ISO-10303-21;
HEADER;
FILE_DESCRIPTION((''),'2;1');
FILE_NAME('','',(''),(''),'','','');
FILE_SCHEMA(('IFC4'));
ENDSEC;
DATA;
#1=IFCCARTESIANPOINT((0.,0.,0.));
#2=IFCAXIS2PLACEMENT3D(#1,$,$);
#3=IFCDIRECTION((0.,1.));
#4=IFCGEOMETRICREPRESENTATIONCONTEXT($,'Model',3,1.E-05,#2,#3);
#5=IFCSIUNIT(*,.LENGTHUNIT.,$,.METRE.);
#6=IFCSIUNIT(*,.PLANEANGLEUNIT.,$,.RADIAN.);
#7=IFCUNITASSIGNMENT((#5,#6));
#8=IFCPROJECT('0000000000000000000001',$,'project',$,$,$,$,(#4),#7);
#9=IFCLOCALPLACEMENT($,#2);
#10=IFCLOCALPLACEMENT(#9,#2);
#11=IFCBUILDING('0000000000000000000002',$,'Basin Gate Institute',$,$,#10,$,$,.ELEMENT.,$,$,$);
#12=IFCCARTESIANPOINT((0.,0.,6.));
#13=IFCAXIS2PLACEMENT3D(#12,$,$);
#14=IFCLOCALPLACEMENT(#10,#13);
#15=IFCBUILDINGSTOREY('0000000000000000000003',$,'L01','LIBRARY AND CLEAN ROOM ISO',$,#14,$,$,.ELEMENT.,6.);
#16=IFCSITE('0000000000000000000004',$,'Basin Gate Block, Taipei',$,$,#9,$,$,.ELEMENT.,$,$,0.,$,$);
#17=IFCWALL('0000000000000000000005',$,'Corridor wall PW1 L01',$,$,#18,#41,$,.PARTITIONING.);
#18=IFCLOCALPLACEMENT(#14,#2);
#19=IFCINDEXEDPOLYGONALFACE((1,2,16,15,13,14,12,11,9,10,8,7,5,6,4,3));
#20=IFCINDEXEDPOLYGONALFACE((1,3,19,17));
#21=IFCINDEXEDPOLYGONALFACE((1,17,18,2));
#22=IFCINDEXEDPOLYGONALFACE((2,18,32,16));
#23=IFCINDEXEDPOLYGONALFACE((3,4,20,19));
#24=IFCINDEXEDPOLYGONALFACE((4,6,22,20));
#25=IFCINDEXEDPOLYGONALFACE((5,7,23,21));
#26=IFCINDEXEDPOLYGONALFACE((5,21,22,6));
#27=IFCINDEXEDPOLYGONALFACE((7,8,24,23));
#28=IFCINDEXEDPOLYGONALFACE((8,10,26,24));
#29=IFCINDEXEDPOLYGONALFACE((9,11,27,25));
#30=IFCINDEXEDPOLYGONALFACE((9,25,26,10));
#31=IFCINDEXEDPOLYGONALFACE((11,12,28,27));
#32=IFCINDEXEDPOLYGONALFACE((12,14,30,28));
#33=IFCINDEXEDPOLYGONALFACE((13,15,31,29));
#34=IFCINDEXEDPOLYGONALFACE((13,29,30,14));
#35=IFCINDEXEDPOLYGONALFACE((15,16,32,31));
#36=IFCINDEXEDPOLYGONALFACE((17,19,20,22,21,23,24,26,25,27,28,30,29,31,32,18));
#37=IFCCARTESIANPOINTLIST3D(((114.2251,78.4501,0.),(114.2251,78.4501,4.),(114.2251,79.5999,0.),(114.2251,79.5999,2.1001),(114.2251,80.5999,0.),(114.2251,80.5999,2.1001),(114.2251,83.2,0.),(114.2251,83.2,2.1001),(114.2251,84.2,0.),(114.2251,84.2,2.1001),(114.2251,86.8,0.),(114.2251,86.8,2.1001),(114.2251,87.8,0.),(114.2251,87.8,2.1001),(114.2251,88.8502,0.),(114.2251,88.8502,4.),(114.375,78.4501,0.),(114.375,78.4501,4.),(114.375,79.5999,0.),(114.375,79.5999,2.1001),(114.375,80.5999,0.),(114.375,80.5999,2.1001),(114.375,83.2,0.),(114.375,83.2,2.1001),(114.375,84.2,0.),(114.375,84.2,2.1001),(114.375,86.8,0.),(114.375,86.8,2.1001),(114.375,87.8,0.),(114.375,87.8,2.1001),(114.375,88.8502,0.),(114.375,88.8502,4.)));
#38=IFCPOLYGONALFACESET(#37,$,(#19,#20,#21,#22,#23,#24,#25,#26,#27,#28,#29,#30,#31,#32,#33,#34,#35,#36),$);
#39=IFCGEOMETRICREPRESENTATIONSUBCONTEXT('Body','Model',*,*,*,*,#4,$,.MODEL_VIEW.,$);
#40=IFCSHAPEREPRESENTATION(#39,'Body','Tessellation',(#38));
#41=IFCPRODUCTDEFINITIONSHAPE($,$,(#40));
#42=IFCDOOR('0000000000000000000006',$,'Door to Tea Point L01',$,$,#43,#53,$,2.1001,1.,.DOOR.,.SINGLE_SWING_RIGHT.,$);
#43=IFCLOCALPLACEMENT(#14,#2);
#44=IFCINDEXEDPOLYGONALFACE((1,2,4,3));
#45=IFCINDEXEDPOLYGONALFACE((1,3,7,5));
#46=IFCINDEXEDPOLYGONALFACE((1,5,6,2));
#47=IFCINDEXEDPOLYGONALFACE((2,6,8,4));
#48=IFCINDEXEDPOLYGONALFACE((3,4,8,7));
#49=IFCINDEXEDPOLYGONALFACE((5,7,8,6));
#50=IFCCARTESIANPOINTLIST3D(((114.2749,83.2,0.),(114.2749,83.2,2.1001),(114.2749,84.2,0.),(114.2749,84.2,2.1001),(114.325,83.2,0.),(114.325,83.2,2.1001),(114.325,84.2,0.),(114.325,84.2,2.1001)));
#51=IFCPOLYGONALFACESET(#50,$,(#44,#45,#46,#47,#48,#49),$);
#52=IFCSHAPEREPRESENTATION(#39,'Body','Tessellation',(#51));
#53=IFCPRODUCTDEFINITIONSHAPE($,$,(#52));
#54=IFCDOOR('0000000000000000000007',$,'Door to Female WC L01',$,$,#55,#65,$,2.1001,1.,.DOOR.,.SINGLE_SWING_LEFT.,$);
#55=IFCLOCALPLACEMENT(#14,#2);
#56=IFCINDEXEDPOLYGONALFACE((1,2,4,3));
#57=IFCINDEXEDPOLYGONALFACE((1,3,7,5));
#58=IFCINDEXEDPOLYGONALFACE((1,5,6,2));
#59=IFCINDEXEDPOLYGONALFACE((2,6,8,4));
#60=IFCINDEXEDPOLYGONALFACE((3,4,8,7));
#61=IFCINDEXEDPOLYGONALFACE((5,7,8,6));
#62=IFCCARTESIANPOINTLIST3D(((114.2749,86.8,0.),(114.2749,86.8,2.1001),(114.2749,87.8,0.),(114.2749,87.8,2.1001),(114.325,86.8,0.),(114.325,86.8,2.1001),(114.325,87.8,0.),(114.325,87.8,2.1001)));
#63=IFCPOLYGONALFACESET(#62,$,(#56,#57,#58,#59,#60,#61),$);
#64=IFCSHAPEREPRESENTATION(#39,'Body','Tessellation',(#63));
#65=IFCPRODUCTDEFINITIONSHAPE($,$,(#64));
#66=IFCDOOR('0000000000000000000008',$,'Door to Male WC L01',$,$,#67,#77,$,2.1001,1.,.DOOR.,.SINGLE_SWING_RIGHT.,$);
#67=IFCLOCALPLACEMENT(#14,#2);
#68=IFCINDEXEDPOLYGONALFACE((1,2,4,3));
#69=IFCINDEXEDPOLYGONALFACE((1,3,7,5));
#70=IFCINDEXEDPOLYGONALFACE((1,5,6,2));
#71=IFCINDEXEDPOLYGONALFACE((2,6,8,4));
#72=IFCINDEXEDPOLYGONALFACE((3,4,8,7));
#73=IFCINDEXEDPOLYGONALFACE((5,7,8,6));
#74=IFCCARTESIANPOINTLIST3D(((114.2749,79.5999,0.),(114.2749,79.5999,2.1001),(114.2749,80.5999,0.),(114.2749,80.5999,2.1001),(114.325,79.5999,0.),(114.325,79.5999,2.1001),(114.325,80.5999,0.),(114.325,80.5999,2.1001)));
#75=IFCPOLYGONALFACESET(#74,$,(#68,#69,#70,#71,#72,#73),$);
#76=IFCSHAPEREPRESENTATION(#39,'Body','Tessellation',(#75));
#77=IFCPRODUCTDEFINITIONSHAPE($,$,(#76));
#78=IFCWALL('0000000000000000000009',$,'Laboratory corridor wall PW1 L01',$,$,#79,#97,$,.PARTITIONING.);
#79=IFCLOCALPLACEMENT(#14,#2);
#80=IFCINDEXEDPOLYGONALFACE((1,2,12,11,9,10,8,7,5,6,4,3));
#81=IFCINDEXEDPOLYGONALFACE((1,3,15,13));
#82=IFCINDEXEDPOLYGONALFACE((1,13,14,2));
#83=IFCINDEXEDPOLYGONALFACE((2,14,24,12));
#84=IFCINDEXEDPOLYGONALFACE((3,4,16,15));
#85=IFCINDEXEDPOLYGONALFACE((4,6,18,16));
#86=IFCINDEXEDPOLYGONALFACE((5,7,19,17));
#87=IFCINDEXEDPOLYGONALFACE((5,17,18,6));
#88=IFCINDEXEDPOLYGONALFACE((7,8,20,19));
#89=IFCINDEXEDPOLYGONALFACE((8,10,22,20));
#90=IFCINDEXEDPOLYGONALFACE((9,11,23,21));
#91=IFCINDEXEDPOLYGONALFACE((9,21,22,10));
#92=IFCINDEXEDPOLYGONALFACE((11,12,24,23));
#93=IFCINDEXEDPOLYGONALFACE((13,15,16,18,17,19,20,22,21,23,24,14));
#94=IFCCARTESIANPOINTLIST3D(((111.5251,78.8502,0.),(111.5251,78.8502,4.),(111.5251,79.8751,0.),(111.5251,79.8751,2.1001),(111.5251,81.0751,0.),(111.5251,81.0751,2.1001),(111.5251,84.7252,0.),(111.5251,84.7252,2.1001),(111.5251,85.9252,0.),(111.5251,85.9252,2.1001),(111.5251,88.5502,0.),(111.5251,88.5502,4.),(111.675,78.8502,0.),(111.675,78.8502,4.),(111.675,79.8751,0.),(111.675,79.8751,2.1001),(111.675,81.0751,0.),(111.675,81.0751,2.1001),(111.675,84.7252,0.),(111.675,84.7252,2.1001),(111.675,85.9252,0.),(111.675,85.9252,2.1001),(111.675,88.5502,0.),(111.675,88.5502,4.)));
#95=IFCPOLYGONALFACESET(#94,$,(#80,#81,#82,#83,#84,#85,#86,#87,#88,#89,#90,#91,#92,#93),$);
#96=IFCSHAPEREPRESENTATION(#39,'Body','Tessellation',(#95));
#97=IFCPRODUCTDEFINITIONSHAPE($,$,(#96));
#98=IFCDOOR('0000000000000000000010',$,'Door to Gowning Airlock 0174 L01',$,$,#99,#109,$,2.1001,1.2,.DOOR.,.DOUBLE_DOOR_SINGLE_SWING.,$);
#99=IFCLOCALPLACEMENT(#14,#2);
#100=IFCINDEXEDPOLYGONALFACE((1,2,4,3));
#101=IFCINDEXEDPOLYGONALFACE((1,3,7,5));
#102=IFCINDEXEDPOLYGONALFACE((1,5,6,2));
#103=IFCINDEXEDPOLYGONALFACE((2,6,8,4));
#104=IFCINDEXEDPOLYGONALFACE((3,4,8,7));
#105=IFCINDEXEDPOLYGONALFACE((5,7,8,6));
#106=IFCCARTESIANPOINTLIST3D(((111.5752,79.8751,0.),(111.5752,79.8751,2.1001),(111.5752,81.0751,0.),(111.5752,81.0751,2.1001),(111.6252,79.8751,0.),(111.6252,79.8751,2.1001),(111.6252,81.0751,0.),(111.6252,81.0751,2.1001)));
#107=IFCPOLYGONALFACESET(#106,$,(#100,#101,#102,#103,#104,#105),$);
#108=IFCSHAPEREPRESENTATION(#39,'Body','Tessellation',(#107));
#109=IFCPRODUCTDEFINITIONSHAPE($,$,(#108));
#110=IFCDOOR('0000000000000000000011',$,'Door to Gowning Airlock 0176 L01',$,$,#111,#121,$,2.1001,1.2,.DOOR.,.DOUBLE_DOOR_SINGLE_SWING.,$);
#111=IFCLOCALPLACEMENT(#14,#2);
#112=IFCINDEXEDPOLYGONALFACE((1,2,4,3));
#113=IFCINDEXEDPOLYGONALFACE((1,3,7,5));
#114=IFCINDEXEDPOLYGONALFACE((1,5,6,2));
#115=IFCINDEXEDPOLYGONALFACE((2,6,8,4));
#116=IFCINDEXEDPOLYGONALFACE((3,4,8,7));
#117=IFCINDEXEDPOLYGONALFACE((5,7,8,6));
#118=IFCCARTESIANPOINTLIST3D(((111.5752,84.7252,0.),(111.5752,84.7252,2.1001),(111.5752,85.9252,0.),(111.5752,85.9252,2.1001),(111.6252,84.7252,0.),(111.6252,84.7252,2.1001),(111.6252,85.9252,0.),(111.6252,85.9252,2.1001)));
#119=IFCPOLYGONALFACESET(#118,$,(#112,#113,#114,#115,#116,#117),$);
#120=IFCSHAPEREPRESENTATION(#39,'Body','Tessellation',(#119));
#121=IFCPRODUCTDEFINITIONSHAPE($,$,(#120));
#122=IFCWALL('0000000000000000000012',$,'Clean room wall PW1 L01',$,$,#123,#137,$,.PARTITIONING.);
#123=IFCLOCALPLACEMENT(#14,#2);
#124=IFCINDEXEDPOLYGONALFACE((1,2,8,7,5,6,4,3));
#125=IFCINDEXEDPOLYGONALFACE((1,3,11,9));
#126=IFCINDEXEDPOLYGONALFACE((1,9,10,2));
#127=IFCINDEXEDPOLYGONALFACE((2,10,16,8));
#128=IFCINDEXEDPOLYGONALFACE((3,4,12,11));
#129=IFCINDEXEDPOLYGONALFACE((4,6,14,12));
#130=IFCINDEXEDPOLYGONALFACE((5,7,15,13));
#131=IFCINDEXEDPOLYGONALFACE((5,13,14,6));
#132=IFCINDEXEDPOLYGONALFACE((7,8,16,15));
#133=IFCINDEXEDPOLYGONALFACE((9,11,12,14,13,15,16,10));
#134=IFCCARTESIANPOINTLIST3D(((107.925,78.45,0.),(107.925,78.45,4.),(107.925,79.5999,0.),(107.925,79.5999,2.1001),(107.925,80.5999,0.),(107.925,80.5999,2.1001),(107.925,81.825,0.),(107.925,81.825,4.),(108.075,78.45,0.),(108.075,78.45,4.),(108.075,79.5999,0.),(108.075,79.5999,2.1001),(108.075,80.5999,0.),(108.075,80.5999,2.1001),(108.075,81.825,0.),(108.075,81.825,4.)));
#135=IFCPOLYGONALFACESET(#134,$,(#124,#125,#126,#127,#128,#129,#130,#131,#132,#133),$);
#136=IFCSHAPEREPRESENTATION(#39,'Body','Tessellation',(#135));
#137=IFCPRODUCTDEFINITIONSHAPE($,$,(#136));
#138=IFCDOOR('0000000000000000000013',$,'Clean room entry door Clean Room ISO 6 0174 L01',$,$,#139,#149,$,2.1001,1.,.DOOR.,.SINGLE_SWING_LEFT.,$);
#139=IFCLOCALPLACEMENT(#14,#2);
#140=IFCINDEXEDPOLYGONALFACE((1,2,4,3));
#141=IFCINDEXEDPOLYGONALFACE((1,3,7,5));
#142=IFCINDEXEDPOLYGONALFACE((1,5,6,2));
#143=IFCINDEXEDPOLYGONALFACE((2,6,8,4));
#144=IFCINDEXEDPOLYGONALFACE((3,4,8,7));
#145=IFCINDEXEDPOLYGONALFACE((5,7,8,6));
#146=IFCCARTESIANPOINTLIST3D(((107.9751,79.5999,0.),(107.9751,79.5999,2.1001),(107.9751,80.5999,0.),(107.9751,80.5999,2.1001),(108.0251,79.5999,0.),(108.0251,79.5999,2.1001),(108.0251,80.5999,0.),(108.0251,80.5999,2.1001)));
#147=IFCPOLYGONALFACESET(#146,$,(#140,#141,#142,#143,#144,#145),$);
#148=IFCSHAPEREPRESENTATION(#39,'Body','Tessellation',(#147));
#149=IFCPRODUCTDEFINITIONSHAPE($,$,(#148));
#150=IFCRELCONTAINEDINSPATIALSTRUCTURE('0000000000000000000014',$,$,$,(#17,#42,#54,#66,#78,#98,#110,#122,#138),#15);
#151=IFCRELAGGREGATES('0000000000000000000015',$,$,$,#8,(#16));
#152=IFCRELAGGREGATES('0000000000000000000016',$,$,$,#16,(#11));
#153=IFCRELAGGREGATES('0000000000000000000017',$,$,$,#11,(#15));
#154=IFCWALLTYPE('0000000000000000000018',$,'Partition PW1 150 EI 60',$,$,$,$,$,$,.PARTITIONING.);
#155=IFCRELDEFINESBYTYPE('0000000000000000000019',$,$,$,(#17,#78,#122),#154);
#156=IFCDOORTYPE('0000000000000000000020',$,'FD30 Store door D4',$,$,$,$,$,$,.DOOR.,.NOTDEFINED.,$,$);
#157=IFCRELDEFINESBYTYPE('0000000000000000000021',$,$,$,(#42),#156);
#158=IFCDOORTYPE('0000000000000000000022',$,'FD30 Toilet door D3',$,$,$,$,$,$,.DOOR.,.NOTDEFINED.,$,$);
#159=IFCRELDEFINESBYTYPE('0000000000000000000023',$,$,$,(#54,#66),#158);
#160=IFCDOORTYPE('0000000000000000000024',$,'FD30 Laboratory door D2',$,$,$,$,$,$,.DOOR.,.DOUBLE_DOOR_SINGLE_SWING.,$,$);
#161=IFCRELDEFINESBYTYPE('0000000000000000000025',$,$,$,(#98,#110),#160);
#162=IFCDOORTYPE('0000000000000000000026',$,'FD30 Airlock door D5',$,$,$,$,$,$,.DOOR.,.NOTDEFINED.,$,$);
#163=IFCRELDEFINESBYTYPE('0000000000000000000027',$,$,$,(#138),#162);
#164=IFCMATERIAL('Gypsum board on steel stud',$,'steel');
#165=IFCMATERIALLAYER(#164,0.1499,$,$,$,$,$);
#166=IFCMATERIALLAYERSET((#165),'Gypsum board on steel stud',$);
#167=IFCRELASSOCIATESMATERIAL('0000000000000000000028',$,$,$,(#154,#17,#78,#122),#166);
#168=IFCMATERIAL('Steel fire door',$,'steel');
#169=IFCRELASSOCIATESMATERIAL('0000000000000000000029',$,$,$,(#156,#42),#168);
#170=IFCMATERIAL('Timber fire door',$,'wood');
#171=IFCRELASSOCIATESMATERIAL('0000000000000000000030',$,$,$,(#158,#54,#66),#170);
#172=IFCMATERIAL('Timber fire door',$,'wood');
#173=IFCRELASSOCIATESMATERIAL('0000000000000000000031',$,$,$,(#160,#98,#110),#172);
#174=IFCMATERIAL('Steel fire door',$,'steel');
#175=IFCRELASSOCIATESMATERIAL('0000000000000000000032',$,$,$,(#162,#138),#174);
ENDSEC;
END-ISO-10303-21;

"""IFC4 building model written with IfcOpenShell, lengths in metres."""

from ifc_helpers import new_model, si_unit, direction, frame, frame_2d, origin, place, context, subcontext, project, spatial, rectangle, extrude, material, layer, layer_set, type_object, element, fill, save


model = new_model("IFC4")

# Units and contexts
model_context = context("Model", 3, precision=1e-05, world=origin(), true_north=direction((0.0, 1.0)))
body_context = subcontext(model_context, "Body", "Model", "MODEL_VIEW")
ifc_project = project(units=[si_unit("LENGTHUNIT", "METRE"), si_unit("PLANEANGLEUNIT", "RADIAN")], contexts=[model_context])

# Site, building, storey
site_placement = place(None, origin())
site = spatial("IfcSite", under=ifc_project, at=site_placement, Name="Basin Gate Block, Taipei", CompositionType="ELEMENT", RefElevation=0.0)
building_placement = place(site_placement, origin())
building = spatial("IfcBuilding", under=site, at=building_placement, Name="Basin Gate Institute", CompositionType="ELEMENT")
storey_placement = place(building_placement, frame((0.0, 0.0, 6.0)))
storey = spatial("IfcBuildingStorey", under=building, at=storey_placement, Name="L01", Description="LIBRARY AND CLEAN ROOM ISO", CompositionType="ELEMENT", Elevation=6.0)

# Shared definitions
ifc_material_1 = material(Name="Gypsum board on steel stud", Category="steel")
ifc_layer_1 = layer(ifc_material_1, 0.1499)
ifc_layer_set_1 = layer_set([ifc_layer_1], Name="Gypsum board on steel stud")
wall_type_1 = type_object("IfcWallType", Name="Partition PW1 150 EI 60", PredefinedType="PARTITIONING", material=ifc_layer_set_1)

# Walls, openings, doors
wall_1_placement = place(storey_placement, frame((114.3, 78.45, 0.0), z_axis=(0.0, 0.0, 1.0), x_axis=(0.0, 1.0, 0.0)))
wall_1 = element("IfcWall", 1, at=wall_1_placement, inside=storey, type_object=wall_type_1, material=ifc_layer_set_1, Name="Corridor wall PW1 L01", PredefinedType="PARTITIONING", context=body_context, shape_type="SweptSolid", body=[
    extrude(rectangle(XDim=10.4001, YDim=0.1499, at=frame_2d((5.2002, 0.0))), origin(), (0.0, 0.0, 1.0), 4.0),
])
opening_1_placement = place(wall_1_placement, frame((8.3501, 0.0, 0.0)))
opening_1 = element("IfcOpeningElement", 2, at=opening_1_placement, cuts=wall_1, PredefinedType="OPENING", context=body_context, shape_type="SweptSolid", body=[
    extrude(rectangle(XDim=1.0, YDim=2.1001, at=frame_2d((0.5, 1.05))), frame((0.0, 0.085, 0.0), z_axis=(0.0, -1.0, 0.0), x_axis=(1.0, 0.0, 0.0)), (0.0, 0.0, 1.0), 0.1699),
])
opening_2_placement = place(wall_1_placement, frame((1.1499, 0.0, 0.0)))
opening_2 = element("IfcOpeningElement", 3, at=opening_2_placement, cuts=wall_1, PredefinedType="OPENING", context=body_context, shape_type="SweptSolid", body=[
    extrude(rectangle(XDim=1.0, YDim=2.1001, at=frame_2d((0.5, 1.05))), frame((0.0, 0.085, 0.0), z_axis=(0.0, -1.0, 0.0), x_axis=(1.0, 0.0, 0.0)), (0.0, 0.0, 1.0), 0.1699),
])
opening_3_placement = place(wall_1_placement, frame((4.75, 0.0, 0.0)))
opening_3 = element("IfcOpeningElement", 4, at=opening_3_placement, cuts=wall_1, PredefinedType="OPENING", context=body_context, shape_type="SweptSolid", body=[
    extrude(rectangle(XDim=1.0, YDim=2.1001, at=frame_2d((0.5, 1.05))), frame((0.0, 0.085, 0.0), z_axis=(0.0, -1.0, 0.0), x_axis=(1.0, 0.0, 0.0)), (0.0, 0.0, 1.0), 0.1699),
])
ifc_material_2 = material(Name="Steel fire door", Category="steel")
door_type_1 = type_object("IfcDoorType", Name="FD30 Store door D4", OperationType="NOTDEFINED", PredefinedType="DOOR", material=ifc_material_2)
door_1_placement = place(opening_3_placement, frame((1.0, 0.0, 0.0), z_axis=(0.0, 0.0, 1.0), x_axis=(-1.0, 0.0, 0.0)))
door_1 = element("IfcDoor", 5, at=door_1_placement, inside=storey, type_object=door_type_1, material=ifc_material_2, Name="Door to Tea Point L01", OperationType="SINGLE_SWING_RIGHT", OverallHeight=2.1001, OverallWidth=1.0, PredefinedType="DOOR", context=body_context, shape_type="SweptSolid", body=[
    extrude(rectangle(XDim=1.0, YDim=2.1001, at=frame_2d((0.5, 1.05))), frame((0.0, 0.0249, 0.0), z_axis=(0.0, -1.0, 0.0), x_axis=(1.0, 0.0, 0.0)), (0.0, 0.0, 1.0), 0.05),
])
fill(opening_3, door_1)
ifc_material_3 = material(Name="Timber fire door", Category="wood")
door_type_2 = type_object("IfcDoorType", Name="FD30 Toilet door D3", OperationType="NOTDEFINED", PredefinedType="DOOR", material=ifc_material_3)
door_2_placement = place(opening_1_placement, frame((1.0, 0.0, 0.0), z_axis=(0.0, 0.0, 1.0), x_axis=(-1.0, 0.0, 0.0)))
door_2 = element("IfcDoor", 6, at=door_2_placement, inside=storey, type_object=door_type_2, material=ifc_material_3, Name="Door to Female WC L01", OperationType="SINGLE_SWING_LEFT", OverallHeight=2.1001, OverallWidth=1.0, PredefinedType="DOOR", context=body_context, shape_type="SweptSolid", body=[
    extrude(rectangle(XDim=1.0, YDim=2.1001, at=frame_2d((0.5, 1.05))), frame((0.0, 0.0249, 0.0), z_axis=(0.0, -1.0, 0.0), x_axis=(1.0, 0.0, 0.0)), (0.0, 0.0, 1.0), 0.05),
])
fill(opening_1, door_2)
door_3_placement = place(opening_2_placement, frame((1.0, 0.0, 0.0), z_axis=(0.0, 0.0, 1.0), x_axis=(-1.0, 0.0, 0.0)))
door_3 = element("IfcDoor", 7, at=door_3_placement, inside=storey, type_object=door_type_2, material=ifc_material_3, Name="Door to Male WC L01", OperationType="SINGLE_SWING_RIGHT", OverallHeight=2.1001, OverallWidth=1.0, PredefinedType="DOOR", context=body_context, shape_type="SweptSolid", body=[
    extrude(rectangle(XDim=1.0, YDim=2.1001, at=frame_2d((0.5, 1.05))), frame((0.0, 0.0249, 0.0), z_axis=(0.0, -1.0, 0.0), x_axis=(1.0, 0.0, 0.0)), (0.0, 0.0, 1.0), 0.05),
])
fill(opening_2, door_3)
wall_2_placement = place(storey_placement, frame((111.6001, 78.8501, 0.0), z_axis=(0.0, 0.0, 1.0), x_axis=(0.0, 1.0, 0.0)))
wall_2 = element("IfcWall", 8, at=wall_2_placement, inside=storey, type_object=wall_type_1, material=ifc_layer_set_1, Name="Laboratory corridor wall PW1 L01", PredefinedType="PARTITIONING", context=body_context, shape_type="SweptSolid", body=[
    extrude(rectangle(XDim=9.7, YDim=0.1499, at=frame_2d((4.8501, 0.0))), origin(), (0.0, 0.0, 1.0), 4.0),
])
opening_4_placement = place(wall_2_placement, frame((1.0249, 0.0, 0.0)))
opening_4 = element("IfcOpeningElement", 9, at=opening_4_placement, cuts=wall_2, PredefinedType="OPENING", context=body_context, shape_type="SweptSolid", body=[
    extrude(rectangle(XDim=1.2, YDim=2.1001, at=frame_2d((0.6001, 1.05))), frame((0.0, 0.085, 0.0), z_axis=(0.0, -1.0, 0.0), x_axis=(1.0, 0.0, 0.0)), (0.0, 0.0, 1.0), 0.1699),
])
opening_5_placement = place(wall_2_placement, frame((5.875, 0.0, 0.0)))
opening_5 = element("IfcOpeningElement", 10, at=opening_5_placement, cuts=wall_2, PredefinedType="OPENING", context=body_context, shape_type="SweptSolid", body=[
    extrude(rectangle(XDim=1.2, YDim=2.1001, at=frame_2d((0.6001, 1.05))), frame((0.0, 0.085, 0.0), z_axis=(0.0, -1.0, 0.0), x_axis=(1.0, 0.0, 0.0)), (0.0, 0.0, 1.0), 0.1699),
])
ifc_material_4 = material(Name="Timber fire door", Category="wood")
door_type_3 = type_object("IfcDoorType", Name="FD30 Laboratory door D2", OperationType="DOUBLE_DOOR_SINGLE_SWING", PredefinedType="DOOR", material=ifc_material_4)
door_4_placement = place(opening_4_placement, origin())
door_4 = element("IfcDoor", 11, at=door_4_placement, inside=storey, type_object=door_type_3, material=ifc_material_4, Name="Door to Gowning Airlock 0174 L01", OperationType="DOUBLE_DOOR_SINGLE_SWING", OverallHeight=2.1001, OverallWidth=1.2, PredefinedType="DOOR", context=body_context, shape_type="SweptSolid", body=[
    extrude(rectangle(XDim=1.2, YDim=2.1001, at=frame_2d((0.6001, 1.05))), frame((0.0, 0.0249, 0.0), z_axis=(0.0, -1.0, 0.0), x_axis=(1.0, 0.0, 0.0)), (0.0, 0.0, 1.0), 0.05),
])
fill(opening_4, door_4)
door_5_placement = place(opening_5_placement, origin())
door_5 = element("IfcDoor", 12, at=door_5_placement, inside=storey, type_object=door_type_3, material=ifc_material_4, Name="Door to Gowning Airlock 0176 L01", OperationType="DOUBLE_DOOR_SINGLE_SWING", OverallHeight=2.1001, OverallWidth=1.2, PredefinedType="DOOR", context=body_context, shape_type="SweptSolid", body=[
    extrude(rectangle(XDim=1.2, YDim=2.1001, at=frame_2d((0.6001, 1.05))), frame((0.0, 0.0249, 0.0), z_axis=(0.0, -1.0, 0.0), x_axis=(1.0, 0.0, 0.0)), (0.0, 0.0, 1.0), 0.05),
])
fill(opening_5, door_5)

# Wall, opening, door
wall_3_placement = place(storey_placement, frame((108.0, 78.45, 0.0), z_axis=(0.0, 0.0, 1.0), x_axis=(0.0, 1.0, 0.0)))
wall_3 = element("IfcWall", 13, at=wall_3_placement, inside=storey, type_object=wall_type_1, material=ifc_layer_set_1, Name="Clean room wall PW1 L01", PredefinedType="PARTITIONING", context=body_context, shape_type="SweptSolid", body=[
    extrude(rectangle(XDim=3.375, YDim=0.1499, at=frame_2d((1.6875, 0.0))), origin(), (0.0, 0.0, 1.0), 4.0),
])
opening_6_placement = place(wall_3_placement, frame((1.1499, 0.0, 0.0)))
opening_6 = element("IfcOpeningElement", 14, at=opening_6_placement, cuts=wall_3, PredefinedType="OPENING", context=body_context, shape_type="SweptSolid", body=[
    extrude(rectangle(XDim=1.0, YDim=2.1001, at=frame_2d((0.5, 1.05))), frame((0.0, 0.085, 0.0), z_axis=(0.0, -1.0, 0.0), x_axis=(1.0, 0.0, 0.0)), (0.0, 0.0, 1.0), 0.1699),
])
ifc_material_5 = material(Name="Steel fire door", Category="steel")
door_type_4 = type_object("IfcDoorType", Name="FD30 Airlock door D5", OperationType="NOTDEFINED", PredefinedType="DOOR", material=ifc_material_5)
door_6_placement = place(opening_6_placement, origin())
door_6 = element("IfcDoor", 15, at=door_6_placement, inside=storey, type_object=door_type_4, material=ifc_material_5, Name="Clean room entry door Clean Room ISO 6 0174 L01", OperationType="SINGLE_SWING_LEFT", OverallHeight=2.1001, OverallWidth=1.0, PredefinedType="DOOR", context=body_context, shape_type="SweptSolid", body=[
    extrude(rectangle(XDim=1.0, YDim=2.1001, at=frame_2d((0.5, 1.05))), frame((0.0, 0.0249, 0.0), z_axis=(0.0, -1.0, 0.0), x_axis=(1.0, 0.0, 0.0)), (0.0, 0.0, 1.0), 0.05),
])
fill(opening_6, door_6)

save(model, "model.ifc")
